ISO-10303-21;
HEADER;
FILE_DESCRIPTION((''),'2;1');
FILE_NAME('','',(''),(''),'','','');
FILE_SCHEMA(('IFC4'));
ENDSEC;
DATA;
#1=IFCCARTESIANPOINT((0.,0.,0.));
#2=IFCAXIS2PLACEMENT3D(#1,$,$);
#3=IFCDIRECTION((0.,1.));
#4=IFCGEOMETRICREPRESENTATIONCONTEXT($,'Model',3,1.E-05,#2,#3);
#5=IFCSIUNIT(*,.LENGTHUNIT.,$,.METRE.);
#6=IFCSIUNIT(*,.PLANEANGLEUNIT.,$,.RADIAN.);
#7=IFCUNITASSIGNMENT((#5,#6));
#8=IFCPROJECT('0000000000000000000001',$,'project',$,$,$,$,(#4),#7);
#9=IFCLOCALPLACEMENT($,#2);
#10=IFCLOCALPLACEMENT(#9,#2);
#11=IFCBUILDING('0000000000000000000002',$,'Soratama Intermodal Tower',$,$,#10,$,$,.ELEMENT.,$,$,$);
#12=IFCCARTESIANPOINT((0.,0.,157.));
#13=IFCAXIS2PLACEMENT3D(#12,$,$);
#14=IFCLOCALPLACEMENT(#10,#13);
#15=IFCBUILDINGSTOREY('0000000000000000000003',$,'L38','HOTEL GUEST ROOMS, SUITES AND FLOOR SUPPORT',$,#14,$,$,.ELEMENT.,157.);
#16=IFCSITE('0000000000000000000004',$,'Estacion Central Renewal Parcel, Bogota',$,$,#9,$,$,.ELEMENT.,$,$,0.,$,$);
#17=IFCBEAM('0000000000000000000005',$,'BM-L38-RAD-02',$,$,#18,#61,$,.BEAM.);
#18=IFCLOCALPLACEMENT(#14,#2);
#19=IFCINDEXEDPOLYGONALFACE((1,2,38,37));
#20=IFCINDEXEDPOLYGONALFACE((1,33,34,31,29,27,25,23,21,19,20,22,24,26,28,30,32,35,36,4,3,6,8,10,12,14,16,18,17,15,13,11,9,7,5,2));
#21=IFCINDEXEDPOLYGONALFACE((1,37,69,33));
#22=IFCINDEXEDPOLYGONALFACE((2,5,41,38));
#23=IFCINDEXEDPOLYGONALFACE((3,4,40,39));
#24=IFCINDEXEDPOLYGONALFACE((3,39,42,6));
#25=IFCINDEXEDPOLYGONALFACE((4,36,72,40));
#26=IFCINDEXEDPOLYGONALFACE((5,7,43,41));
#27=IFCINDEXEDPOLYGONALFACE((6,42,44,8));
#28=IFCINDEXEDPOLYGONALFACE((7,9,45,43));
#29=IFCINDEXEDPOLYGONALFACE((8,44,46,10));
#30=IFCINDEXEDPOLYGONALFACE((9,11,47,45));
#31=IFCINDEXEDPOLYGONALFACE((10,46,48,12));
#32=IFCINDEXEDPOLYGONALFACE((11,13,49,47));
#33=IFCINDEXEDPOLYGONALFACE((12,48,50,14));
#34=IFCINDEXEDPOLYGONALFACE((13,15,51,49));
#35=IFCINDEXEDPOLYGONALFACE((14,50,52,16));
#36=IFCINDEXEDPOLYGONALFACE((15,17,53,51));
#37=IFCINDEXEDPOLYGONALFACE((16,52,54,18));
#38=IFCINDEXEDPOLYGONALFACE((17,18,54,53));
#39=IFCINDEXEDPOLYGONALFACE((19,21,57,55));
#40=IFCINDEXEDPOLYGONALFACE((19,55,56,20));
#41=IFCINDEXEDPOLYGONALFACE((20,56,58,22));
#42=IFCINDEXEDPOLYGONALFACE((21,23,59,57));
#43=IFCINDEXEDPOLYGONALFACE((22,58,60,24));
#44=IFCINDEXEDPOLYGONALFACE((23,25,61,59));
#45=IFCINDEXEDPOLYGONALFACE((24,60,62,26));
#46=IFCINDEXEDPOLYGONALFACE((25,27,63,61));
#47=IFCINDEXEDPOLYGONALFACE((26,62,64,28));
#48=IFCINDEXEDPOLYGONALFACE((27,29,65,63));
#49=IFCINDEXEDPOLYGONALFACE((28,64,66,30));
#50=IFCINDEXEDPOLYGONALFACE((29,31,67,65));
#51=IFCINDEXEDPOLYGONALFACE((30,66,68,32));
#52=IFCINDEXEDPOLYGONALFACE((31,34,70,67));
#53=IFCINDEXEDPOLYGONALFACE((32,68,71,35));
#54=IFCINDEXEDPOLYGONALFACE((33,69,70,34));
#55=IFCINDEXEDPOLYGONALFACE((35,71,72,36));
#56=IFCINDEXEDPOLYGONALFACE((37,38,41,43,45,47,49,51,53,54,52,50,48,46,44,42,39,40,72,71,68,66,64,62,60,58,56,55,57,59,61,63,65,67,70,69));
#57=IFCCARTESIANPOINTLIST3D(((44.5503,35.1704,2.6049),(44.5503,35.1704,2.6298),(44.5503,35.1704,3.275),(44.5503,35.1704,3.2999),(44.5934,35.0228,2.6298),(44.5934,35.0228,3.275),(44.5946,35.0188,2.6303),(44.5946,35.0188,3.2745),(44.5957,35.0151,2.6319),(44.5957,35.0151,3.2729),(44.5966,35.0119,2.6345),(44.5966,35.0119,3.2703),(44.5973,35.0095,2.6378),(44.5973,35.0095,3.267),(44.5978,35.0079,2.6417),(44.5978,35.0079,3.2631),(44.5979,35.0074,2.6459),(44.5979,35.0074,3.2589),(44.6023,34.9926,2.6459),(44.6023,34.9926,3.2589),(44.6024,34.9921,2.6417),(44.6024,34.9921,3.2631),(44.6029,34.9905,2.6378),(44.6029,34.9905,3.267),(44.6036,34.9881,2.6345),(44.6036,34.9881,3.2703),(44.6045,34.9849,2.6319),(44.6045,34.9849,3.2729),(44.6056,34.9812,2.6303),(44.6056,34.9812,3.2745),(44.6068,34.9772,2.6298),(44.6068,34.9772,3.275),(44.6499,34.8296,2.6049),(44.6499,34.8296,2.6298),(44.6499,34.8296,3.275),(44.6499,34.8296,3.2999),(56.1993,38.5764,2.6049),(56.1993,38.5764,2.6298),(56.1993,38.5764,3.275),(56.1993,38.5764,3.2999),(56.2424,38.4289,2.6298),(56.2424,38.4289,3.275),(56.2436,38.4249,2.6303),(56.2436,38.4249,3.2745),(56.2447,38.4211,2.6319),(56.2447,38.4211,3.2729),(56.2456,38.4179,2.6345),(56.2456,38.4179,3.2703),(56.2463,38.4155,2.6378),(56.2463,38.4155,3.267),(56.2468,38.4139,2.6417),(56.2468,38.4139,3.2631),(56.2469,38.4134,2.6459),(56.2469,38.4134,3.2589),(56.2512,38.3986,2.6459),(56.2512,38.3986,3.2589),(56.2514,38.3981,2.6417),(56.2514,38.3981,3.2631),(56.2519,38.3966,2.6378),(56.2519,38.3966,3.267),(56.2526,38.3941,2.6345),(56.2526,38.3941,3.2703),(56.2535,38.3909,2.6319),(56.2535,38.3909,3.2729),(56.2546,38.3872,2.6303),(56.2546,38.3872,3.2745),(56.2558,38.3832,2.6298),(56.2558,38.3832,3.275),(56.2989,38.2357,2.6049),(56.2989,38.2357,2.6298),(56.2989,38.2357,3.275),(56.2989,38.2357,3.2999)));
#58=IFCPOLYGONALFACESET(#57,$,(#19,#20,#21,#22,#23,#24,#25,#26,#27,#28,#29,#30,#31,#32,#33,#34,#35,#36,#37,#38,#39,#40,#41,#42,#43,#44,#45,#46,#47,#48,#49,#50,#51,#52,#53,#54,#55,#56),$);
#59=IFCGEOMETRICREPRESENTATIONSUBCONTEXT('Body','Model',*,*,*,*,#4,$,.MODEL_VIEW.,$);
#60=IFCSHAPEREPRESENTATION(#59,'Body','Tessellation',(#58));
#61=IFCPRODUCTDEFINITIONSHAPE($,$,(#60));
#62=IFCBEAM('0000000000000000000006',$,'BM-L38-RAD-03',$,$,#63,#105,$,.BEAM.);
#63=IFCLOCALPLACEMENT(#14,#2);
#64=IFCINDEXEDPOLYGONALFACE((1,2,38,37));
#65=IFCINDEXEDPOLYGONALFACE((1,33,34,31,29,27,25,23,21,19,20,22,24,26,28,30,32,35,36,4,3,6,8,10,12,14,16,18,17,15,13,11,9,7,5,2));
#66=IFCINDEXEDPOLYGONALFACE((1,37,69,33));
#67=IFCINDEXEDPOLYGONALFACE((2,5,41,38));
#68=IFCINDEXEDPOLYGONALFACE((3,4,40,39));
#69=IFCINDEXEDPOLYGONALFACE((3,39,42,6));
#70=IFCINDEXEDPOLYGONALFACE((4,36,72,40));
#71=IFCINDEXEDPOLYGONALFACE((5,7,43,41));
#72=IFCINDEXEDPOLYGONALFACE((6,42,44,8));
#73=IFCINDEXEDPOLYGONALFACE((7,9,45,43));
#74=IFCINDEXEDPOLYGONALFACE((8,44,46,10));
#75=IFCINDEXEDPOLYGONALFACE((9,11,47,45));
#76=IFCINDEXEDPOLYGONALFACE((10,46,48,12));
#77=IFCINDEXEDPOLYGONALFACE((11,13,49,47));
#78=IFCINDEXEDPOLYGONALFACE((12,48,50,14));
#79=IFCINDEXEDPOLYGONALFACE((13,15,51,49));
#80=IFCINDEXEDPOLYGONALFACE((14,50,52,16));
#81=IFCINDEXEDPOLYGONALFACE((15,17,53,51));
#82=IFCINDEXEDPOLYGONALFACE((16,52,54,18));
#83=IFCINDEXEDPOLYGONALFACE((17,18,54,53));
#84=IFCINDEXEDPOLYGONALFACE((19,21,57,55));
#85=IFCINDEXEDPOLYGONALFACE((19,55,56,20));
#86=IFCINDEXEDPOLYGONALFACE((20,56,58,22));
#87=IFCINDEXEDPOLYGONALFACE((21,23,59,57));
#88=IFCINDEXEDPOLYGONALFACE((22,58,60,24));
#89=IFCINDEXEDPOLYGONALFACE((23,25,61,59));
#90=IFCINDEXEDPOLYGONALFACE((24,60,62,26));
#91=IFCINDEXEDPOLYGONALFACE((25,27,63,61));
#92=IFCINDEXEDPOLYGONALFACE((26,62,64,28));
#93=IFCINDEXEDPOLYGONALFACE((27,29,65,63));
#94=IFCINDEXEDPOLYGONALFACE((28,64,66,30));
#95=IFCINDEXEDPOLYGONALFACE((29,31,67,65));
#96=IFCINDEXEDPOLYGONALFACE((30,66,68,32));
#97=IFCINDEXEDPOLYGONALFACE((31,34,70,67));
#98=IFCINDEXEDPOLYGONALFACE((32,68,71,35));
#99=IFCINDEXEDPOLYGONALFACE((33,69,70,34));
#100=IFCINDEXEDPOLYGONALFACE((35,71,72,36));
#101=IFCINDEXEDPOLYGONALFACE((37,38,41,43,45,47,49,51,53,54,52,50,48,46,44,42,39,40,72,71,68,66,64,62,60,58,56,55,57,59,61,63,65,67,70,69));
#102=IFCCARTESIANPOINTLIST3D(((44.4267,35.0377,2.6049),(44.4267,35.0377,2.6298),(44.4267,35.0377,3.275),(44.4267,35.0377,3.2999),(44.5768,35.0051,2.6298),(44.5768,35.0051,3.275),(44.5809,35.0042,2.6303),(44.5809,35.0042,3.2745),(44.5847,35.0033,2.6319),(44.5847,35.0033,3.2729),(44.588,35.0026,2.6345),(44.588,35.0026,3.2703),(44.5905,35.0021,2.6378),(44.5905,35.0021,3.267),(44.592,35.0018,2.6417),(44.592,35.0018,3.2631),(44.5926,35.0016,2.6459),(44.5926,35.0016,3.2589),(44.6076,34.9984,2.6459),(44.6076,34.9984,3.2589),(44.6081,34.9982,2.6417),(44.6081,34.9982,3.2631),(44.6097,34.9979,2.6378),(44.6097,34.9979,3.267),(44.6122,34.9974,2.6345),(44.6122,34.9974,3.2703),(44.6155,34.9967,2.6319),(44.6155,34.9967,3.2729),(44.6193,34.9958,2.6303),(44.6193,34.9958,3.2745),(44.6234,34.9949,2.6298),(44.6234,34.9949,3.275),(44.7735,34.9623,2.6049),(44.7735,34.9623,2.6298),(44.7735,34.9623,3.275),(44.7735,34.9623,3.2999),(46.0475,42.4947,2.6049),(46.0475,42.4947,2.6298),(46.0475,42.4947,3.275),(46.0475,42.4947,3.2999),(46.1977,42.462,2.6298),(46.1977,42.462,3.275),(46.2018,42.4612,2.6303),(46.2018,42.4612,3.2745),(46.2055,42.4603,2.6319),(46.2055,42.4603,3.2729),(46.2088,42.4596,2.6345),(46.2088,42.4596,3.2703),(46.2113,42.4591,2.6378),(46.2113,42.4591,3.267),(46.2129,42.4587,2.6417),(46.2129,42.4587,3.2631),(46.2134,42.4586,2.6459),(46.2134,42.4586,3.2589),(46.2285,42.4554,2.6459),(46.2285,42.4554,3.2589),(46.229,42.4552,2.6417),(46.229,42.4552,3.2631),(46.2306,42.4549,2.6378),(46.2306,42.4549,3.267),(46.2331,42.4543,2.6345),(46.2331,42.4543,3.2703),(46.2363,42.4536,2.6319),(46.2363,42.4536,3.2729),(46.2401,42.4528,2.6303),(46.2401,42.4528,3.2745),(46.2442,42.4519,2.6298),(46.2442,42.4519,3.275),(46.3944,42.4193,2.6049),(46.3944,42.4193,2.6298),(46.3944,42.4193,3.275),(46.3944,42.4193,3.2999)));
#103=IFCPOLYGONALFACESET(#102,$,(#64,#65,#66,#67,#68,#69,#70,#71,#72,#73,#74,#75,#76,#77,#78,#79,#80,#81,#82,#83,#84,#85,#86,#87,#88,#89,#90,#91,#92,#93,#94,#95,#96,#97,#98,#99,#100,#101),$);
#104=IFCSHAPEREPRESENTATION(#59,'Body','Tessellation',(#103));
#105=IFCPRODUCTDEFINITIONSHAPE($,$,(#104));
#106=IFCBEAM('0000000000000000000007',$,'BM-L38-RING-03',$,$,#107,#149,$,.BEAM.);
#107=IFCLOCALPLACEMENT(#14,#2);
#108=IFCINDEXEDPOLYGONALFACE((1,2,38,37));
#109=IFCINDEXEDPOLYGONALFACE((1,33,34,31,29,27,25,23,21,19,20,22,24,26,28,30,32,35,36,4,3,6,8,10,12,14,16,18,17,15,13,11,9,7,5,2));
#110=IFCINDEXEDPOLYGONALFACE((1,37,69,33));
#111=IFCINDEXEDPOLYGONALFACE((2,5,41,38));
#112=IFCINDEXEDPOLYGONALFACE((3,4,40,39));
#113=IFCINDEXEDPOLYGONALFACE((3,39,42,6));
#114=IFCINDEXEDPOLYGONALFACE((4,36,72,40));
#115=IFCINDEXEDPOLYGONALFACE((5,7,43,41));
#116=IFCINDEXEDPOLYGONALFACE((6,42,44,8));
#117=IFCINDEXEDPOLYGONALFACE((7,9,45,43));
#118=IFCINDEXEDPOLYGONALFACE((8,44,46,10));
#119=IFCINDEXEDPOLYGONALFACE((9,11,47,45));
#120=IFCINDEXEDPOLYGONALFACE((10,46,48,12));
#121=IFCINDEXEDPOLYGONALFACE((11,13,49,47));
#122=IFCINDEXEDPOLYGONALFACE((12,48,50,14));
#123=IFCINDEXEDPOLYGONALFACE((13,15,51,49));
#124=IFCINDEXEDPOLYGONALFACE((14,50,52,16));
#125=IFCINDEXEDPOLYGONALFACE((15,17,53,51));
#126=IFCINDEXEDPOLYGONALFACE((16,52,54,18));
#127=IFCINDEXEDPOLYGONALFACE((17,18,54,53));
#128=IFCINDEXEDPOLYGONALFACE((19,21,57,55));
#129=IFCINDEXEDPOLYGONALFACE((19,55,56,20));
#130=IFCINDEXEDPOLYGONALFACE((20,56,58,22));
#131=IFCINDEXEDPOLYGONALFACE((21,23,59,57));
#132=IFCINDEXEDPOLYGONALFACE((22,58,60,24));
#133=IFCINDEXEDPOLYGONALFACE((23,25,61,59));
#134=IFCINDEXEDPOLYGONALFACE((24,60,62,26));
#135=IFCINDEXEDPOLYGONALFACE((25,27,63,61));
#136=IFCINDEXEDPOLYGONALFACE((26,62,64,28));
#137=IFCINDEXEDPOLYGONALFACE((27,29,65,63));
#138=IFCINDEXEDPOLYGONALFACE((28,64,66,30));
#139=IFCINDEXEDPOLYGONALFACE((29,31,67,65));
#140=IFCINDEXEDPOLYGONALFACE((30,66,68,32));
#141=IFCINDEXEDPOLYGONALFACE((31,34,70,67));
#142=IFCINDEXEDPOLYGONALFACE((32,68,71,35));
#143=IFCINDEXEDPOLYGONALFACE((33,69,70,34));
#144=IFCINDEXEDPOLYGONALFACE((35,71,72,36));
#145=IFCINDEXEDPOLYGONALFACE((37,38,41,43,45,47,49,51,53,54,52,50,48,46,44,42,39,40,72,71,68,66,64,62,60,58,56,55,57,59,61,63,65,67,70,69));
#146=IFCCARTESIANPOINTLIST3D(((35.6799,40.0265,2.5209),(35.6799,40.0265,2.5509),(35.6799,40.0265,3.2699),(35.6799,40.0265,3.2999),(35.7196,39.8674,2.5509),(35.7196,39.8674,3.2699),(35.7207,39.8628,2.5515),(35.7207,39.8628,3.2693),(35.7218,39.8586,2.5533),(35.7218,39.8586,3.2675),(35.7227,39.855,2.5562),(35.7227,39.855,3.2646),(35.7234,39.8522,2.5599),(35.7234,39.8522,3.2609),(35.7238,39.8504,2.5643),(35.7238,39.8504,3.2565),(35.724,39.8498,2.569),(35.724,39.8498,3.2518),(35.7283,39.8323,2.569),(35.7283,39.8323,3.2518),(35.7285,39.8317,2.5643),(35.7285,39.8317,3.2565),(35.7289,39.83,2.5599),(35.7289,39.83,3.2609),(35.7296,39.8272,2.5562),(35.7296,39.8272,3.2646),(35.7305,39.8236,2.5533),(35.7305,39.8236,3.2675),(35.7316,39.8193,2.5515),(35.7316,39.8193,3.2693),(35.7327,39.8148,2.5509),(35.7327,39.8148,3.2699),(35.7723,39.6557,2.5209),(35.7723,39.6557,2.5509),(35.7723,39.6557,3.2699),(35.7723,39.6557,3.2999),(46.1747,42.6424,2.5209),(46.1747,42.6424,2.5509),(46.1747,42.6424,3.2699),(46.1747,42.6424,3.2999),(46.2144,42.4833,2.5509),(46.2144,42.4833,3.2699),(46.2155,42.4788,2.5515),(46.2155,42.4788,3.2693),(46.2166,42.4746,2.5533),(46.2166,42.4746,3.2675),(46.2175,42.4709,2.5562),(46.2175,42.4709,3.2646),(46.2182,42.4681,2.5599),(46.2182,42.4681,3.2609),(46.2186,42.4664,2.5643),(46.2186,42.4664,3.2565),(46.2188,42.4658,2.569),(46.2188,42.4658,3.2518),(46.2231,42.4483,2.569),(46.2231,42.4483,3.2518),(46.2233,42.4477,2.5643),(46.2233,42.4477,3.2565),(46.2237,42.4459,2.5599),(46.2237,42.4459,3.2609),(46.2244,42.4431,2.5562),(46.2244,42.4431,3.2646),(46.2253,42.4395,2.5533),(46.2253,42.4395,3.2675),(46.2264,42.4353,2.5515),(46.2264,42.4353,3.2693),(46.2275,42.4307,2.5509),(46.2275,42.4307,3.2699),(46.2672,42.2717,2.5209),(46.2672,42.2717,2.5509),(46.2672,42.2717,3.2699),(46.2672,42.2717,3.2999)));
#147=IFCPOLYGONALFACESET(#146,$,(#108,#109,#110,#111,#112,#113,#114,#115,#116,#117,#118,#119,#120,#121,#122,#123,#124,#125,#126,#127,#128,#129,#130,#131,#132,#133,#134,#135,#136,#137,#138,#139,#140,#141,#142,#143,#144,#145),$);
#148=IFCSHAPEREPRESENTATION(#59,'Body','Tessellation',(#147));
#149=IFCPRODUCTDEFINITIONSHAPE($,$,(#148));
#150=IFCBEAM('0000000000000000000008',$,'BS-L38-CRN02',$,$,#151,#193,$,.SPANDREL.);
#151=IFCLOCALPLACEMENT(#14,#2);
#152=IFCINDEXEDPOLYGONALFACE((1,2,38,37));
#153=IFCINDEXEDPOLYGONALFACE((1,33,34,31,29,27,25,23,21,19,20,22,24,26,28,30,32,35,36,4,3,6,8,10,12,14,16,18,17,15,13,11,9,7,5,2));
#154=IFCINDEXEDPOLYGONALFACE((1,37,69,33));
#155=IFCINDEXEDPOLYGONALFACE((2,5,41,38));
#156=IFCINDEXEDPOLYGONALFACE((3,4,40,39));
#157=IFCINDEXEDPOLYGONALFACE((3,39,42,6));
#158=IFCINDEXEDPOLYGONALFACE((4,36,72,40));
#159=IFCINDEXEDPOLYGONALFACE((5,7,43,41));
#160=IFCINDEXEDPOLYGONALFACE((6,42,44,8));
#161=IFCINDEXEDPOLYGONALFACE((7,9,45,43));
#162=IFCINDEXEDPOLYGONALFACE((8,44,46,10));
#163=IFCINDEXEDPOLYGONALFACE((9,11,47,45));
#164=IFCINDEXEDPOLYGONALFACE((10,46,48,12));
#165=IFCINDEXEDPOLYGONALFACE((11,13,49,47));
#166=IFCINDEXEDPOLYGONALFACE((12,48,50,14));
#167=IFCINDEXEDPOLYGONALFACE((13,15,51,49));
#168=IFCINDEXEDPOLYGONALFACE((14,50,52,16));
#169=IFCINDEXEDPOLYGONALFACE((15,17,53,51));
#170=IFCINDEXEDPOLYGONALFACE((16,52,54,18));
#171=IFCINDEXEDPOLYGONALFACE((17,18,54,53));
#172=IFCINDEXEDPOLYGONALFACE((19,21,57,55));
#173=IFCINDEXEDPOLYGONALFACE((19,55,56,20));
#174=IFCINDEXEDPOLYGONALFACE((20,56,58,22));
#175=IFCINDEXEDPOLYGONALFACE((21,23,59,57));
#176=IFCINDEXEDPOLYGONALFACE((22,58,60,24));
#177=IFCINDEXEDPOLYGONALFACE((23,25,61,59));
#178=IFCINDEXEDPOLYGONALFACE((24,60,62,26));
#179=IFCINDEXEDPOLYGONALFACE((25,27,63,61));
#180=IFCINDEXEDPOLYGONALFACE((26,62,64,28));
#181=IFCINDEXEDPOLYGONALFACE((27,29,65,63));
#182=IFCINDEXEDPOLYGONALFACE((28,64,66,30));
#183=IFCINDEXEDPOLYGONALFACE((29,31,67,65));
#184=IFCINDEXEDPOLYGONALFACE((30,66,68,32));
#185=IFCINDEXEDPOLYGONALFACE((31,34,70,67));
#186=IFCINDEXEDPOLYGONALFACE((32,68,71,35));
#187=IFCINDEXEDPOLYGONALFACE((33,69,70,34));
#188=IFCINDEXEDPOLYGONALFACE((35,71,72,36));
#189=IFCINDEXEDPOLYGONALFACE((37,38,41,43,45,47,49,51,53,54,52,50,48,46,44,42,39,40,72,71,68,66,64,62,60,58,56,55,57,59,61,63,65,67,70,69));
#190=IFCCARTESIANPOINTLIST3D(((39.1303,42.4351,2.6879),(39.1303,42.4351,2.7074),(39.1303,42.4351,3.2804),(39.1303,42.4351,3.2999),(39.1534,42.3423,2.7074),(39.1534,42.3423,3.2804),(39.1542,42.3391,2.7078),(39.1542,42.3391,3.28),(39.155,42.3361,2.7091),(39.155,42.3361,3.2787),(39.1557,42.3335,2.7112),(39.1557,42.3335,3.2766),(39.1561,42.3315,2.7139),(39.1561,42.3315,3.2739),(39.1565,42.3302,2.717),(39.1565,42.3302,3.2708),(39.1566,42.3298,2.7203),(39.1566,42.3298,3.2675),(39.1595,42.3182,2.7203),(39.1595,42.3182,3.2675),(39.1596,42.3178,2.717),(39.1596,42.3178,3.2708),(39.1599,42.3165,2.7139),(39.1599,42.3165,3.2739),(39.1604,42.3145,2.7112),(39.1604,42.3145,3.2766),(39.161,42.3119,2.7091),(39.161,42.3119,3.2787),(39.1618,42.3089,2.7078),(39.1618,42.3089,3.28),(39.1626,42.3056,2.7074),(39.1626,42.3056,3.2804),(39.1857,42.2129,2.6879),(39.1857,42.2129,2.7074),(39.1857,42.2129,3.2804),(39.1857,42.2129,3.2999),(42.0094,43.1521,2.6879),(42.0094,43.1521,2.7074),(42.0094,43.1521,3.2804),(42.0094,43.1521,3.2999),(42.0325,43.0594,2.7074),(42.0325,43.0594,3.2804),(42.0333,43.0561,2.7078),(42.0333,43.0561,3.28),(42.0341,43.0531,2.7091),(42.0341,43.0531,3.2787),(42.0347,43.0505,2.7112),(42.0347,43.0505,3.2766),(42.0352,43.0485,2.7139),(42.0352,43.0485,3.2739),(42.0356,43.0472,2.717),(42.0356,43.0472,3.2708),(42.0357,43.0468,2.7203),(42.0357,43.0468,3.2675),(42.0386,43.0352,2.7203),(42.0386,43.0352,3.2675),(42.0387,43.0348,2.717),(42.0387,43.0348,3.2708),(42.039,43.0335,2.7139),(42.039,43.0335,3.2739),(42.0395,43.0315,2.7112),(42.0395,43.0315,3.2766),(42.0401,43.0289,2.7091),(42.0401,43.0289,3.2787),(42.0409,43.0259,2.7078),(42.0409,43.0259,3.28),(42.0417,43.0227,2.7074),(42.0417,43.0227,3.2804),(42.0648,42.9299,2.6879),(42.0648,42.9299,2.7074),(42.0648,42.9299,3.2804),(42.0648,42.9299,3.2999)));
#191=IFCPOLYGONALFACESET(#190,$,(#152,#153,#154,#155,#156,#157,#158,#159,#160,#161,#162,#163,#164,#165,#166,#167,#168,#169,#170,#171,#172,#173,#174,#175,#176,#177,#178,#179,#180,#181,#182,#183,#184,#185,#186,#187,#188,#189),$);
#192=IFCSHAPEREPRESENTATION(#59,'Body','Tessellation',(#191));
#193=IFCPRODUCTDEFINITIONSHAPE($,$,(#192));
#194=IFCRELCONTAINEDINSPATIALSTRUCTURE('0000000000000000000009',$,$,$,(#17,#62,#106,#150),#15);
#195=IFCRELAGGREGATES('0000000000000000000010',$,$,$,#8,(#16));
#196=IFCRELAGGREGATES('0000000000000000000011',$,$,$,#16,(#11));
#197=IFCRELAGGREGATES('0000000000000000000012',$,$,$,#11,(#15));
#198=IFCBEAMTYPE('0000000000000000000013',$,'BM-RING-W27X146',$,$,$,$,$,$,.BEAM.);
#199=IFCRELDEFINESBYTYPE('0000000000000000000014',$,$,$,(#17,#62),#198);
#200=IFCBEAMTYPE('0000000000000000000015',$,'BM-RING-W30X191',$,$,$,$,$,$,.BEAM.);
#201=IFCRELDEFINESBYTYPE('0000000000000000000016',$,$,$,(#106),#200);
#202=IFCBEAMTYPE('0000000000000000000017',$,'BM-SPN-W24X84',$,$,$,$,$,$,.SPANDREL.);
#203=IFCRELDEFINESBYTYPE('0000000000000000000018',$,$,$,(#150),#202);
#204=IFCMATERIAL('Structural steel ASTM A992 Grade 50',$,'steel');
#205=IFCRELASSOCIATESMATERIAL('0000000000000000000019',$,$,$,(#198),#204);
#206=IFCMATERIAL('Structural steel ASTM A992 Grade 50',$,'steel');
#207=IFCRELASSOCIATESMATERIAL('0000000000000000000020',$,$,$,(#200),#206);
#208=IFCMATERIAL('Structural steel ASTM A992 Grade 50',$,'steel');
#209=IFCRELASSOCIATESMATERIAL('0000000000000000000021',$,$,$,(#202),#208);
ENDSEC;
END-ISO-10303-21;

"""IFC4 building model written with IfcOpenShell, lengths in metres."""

from ifc_helpers import new_model, si_unit, direction, frame, origin, origin_2d, place, context, subcontext, project, spatial, i_section, extrude, material, material_profile, profile_set, type_object, element, save


model = new_model("IFC4")

# Units and contexts
model_context = context("Model", 3, precision=1e-05, world=origin(), true_north=direction((0.0, 1.0)))
body_context = subcontext(model_context, "Body", "Model", "MODEL_VIEW")
ifc_project = project(units=[si_unit("LENGTHUNIT", "METRE"), si_unit("PLANEANGLEUNIT", "RADIAN")], contexts=[model_context])

# Site, building, storey
site_placement = place(None, origin())
site = spatial("IfcSite", under=ifc_project, at=site_placement, Name="Estacion Central Renewal Parcel, Bogota", CompositionType="ELEMENT", RefElevation=0.0)
building_placement = place(site_placement, origin())
building = spatial("IfcBuilding", under=site, at=building_placement, Name="Soratama Intermodal Tower", CompositionType="ELEMENT")
storey_placement = place(building_placement, frame((0.0, 0.0, 157.0)))
storey = spatial("IfcBuildingStorey", under=building, at=storey_placement, Name="L38", Description="HOTEL GUEST ROOMS, SUITES AND FLOOR SUPPORT", CompositionType="ELEMENT", Elevation=157.0)

# Beams
ifc_material_1 = material(Name="Structural steel ASTM A992 Grade 50", Category="steel")
ifc_material_profile_1 = material_profile(ifc_material_1, i_section(OverallWidth=0.355, OverallDepth=0.6951, WebThickness=0.0154, FlangeThickness=0.0249, FilletRadius=0.0161, at=origin_2d()), Name="W27X146")
ifc_profile_set_1 = profile_set([ifc_material_profile_1], Name="Structural steel ASTM A992 Grade 50")
beam_type_1 = type_object("IfcBeamType", Name="BM-RING-W27X146", PredefinedType="BEAM", material=ifc_profile_set_1)
beam_1_placement = place(storey_placement, frame((44.6001, 35.0, 2.9524), z_axis=(0.959814, 0.280638, 0.0), x_axis=(-0.280638, 0.959814, 0.0)))
element("IfcBeam", 1, at=beam_1_placement, inside=storey, type_object=beam_type_1, Name="BM-L38-RAD-02", PredefinedType="BEAM", context=body_context, shape_type="SweptSolid", body=[
    extrude(i_section(OverallWidth=0.355, OverallDepth=0.6951, WebThickness=0.0154, FlangeThickness=0.0249, FilletRadius=0.0161, at=origin_2d()), origin(), (0.0, 0.0, 1.0), 12.1367),
])
beam_2_placement = place(storey_placement, frame((44.6001, 35.0, 2.9524), z_axis=(0.212399, 0.977183, 0.0), x_axis=(-0.977183, 0.212399, 0.0)))
element("IfcBeam", 2, at=beam_2_placement, inside=storey, type_object=beam_type_1, Name="BM-L38-RAD-03", PredefinedType="BEAM", context=body_context, shape_type="SweptSolid", body=[
    extrude(i_section(OverallWidth=0.355, OverallDepth=0.6951, WebThickness=0.0154, FlangeThickness=0.0249, FilletRadius=0.0161, at=origin_2d()), origin(), (0.0, 0.0, 1.0), 7.6311),
])
ifc_material_2 = material(Name="Structural steel ASTM A992 Grade 50", Category="steel")
ifc_material_profile_2 = material_profile(ifc_material_2, i_section(OverallWidth=0.3821, OverallDepth=0.7791, WebThickness=0.0181, FlangeThickness=0.03, FilletRadius=0.0181, at=origin_2d()), Name="W30X191")
ifc_profile_set_2 = profile_set([ifc_material_profile_2], Name="Structural steel ASTM A992 Grade 50")
beam_type_2 = type_object("IfcBeamType", Name="BM-RING-W30X191", PredefinedType="BEAM", material=ifc_profile_set_2)
beam_3_placement = place(storey_placement, frame((46.2209, 42.457, 2.9104), z_axis=(-0.970311, -0.241861, 0.0), x_axis=(0.241861, -0.970311, 0.0)))
element("IfcBeam", 3, at=beam_3_placement, inside=storey, type_object=beam_type_2, Name="BM-L38-RING-03", PredefinedType="BEAM", context=body_context, shape_type="SweptSolid", body=[
    extrude(i_section(OverallWidth=0.3821, OverallDepth=0.7791, WebThickness=0.0181, FlangeThickness=0.03, FilletRadius=0.0181, at=origin_2d()), origin(), (0.0, 0.0, 1.0), 10.8159),
])
ifc_material_3 = material(Name="Structural steel ASTM A992 Grade 50", Category="steel")
ifc_material_profile_3 = material_profile(ifc_material_3, i_section(OverallWidth=0.229, OverallDepth=0.6121, WebThickness=0.012, FlangeThickness=0.0195, FilletRadius=0.0129, at=origin_2d()), Name="W24X84")
ifc_profile_set_3 = profile_set([ifc_material_profile_3], Name="Structural steel ASTM A992 Grade 50")
beam_type_3 = type_object("IfcBeamType", Name="BM-SPN-W24X84", PredefinedType="SPANDREL", material=ifc_profile_set_3)
beam_4_placement = place(storey_placement, frame((42.0371, 43.041, 2.9939), z_axis=(-0.97036, -0.241664, 0.0), x_axis=(0.241664, -0.97036, 0.0)))
element("IfcBeam", 4, at=beam_4_placement, inside=storey, type_object=beam_type_3, Name="BS-L38-CRN02", PredefinedType="SPANDREL", context=body_context, shape_type="SweptSolid", body=[
    extrude(i_section(OverallWidth=0.229, OverallDepth=0.6121, WebThickness=0.012, FlangeThickness=0.0195, FilletRadius=0.0129, at=origin_2d()), origin(), (0.0, 0.0, 1.0), 2.967),
])

save(model, "model.ifc")
